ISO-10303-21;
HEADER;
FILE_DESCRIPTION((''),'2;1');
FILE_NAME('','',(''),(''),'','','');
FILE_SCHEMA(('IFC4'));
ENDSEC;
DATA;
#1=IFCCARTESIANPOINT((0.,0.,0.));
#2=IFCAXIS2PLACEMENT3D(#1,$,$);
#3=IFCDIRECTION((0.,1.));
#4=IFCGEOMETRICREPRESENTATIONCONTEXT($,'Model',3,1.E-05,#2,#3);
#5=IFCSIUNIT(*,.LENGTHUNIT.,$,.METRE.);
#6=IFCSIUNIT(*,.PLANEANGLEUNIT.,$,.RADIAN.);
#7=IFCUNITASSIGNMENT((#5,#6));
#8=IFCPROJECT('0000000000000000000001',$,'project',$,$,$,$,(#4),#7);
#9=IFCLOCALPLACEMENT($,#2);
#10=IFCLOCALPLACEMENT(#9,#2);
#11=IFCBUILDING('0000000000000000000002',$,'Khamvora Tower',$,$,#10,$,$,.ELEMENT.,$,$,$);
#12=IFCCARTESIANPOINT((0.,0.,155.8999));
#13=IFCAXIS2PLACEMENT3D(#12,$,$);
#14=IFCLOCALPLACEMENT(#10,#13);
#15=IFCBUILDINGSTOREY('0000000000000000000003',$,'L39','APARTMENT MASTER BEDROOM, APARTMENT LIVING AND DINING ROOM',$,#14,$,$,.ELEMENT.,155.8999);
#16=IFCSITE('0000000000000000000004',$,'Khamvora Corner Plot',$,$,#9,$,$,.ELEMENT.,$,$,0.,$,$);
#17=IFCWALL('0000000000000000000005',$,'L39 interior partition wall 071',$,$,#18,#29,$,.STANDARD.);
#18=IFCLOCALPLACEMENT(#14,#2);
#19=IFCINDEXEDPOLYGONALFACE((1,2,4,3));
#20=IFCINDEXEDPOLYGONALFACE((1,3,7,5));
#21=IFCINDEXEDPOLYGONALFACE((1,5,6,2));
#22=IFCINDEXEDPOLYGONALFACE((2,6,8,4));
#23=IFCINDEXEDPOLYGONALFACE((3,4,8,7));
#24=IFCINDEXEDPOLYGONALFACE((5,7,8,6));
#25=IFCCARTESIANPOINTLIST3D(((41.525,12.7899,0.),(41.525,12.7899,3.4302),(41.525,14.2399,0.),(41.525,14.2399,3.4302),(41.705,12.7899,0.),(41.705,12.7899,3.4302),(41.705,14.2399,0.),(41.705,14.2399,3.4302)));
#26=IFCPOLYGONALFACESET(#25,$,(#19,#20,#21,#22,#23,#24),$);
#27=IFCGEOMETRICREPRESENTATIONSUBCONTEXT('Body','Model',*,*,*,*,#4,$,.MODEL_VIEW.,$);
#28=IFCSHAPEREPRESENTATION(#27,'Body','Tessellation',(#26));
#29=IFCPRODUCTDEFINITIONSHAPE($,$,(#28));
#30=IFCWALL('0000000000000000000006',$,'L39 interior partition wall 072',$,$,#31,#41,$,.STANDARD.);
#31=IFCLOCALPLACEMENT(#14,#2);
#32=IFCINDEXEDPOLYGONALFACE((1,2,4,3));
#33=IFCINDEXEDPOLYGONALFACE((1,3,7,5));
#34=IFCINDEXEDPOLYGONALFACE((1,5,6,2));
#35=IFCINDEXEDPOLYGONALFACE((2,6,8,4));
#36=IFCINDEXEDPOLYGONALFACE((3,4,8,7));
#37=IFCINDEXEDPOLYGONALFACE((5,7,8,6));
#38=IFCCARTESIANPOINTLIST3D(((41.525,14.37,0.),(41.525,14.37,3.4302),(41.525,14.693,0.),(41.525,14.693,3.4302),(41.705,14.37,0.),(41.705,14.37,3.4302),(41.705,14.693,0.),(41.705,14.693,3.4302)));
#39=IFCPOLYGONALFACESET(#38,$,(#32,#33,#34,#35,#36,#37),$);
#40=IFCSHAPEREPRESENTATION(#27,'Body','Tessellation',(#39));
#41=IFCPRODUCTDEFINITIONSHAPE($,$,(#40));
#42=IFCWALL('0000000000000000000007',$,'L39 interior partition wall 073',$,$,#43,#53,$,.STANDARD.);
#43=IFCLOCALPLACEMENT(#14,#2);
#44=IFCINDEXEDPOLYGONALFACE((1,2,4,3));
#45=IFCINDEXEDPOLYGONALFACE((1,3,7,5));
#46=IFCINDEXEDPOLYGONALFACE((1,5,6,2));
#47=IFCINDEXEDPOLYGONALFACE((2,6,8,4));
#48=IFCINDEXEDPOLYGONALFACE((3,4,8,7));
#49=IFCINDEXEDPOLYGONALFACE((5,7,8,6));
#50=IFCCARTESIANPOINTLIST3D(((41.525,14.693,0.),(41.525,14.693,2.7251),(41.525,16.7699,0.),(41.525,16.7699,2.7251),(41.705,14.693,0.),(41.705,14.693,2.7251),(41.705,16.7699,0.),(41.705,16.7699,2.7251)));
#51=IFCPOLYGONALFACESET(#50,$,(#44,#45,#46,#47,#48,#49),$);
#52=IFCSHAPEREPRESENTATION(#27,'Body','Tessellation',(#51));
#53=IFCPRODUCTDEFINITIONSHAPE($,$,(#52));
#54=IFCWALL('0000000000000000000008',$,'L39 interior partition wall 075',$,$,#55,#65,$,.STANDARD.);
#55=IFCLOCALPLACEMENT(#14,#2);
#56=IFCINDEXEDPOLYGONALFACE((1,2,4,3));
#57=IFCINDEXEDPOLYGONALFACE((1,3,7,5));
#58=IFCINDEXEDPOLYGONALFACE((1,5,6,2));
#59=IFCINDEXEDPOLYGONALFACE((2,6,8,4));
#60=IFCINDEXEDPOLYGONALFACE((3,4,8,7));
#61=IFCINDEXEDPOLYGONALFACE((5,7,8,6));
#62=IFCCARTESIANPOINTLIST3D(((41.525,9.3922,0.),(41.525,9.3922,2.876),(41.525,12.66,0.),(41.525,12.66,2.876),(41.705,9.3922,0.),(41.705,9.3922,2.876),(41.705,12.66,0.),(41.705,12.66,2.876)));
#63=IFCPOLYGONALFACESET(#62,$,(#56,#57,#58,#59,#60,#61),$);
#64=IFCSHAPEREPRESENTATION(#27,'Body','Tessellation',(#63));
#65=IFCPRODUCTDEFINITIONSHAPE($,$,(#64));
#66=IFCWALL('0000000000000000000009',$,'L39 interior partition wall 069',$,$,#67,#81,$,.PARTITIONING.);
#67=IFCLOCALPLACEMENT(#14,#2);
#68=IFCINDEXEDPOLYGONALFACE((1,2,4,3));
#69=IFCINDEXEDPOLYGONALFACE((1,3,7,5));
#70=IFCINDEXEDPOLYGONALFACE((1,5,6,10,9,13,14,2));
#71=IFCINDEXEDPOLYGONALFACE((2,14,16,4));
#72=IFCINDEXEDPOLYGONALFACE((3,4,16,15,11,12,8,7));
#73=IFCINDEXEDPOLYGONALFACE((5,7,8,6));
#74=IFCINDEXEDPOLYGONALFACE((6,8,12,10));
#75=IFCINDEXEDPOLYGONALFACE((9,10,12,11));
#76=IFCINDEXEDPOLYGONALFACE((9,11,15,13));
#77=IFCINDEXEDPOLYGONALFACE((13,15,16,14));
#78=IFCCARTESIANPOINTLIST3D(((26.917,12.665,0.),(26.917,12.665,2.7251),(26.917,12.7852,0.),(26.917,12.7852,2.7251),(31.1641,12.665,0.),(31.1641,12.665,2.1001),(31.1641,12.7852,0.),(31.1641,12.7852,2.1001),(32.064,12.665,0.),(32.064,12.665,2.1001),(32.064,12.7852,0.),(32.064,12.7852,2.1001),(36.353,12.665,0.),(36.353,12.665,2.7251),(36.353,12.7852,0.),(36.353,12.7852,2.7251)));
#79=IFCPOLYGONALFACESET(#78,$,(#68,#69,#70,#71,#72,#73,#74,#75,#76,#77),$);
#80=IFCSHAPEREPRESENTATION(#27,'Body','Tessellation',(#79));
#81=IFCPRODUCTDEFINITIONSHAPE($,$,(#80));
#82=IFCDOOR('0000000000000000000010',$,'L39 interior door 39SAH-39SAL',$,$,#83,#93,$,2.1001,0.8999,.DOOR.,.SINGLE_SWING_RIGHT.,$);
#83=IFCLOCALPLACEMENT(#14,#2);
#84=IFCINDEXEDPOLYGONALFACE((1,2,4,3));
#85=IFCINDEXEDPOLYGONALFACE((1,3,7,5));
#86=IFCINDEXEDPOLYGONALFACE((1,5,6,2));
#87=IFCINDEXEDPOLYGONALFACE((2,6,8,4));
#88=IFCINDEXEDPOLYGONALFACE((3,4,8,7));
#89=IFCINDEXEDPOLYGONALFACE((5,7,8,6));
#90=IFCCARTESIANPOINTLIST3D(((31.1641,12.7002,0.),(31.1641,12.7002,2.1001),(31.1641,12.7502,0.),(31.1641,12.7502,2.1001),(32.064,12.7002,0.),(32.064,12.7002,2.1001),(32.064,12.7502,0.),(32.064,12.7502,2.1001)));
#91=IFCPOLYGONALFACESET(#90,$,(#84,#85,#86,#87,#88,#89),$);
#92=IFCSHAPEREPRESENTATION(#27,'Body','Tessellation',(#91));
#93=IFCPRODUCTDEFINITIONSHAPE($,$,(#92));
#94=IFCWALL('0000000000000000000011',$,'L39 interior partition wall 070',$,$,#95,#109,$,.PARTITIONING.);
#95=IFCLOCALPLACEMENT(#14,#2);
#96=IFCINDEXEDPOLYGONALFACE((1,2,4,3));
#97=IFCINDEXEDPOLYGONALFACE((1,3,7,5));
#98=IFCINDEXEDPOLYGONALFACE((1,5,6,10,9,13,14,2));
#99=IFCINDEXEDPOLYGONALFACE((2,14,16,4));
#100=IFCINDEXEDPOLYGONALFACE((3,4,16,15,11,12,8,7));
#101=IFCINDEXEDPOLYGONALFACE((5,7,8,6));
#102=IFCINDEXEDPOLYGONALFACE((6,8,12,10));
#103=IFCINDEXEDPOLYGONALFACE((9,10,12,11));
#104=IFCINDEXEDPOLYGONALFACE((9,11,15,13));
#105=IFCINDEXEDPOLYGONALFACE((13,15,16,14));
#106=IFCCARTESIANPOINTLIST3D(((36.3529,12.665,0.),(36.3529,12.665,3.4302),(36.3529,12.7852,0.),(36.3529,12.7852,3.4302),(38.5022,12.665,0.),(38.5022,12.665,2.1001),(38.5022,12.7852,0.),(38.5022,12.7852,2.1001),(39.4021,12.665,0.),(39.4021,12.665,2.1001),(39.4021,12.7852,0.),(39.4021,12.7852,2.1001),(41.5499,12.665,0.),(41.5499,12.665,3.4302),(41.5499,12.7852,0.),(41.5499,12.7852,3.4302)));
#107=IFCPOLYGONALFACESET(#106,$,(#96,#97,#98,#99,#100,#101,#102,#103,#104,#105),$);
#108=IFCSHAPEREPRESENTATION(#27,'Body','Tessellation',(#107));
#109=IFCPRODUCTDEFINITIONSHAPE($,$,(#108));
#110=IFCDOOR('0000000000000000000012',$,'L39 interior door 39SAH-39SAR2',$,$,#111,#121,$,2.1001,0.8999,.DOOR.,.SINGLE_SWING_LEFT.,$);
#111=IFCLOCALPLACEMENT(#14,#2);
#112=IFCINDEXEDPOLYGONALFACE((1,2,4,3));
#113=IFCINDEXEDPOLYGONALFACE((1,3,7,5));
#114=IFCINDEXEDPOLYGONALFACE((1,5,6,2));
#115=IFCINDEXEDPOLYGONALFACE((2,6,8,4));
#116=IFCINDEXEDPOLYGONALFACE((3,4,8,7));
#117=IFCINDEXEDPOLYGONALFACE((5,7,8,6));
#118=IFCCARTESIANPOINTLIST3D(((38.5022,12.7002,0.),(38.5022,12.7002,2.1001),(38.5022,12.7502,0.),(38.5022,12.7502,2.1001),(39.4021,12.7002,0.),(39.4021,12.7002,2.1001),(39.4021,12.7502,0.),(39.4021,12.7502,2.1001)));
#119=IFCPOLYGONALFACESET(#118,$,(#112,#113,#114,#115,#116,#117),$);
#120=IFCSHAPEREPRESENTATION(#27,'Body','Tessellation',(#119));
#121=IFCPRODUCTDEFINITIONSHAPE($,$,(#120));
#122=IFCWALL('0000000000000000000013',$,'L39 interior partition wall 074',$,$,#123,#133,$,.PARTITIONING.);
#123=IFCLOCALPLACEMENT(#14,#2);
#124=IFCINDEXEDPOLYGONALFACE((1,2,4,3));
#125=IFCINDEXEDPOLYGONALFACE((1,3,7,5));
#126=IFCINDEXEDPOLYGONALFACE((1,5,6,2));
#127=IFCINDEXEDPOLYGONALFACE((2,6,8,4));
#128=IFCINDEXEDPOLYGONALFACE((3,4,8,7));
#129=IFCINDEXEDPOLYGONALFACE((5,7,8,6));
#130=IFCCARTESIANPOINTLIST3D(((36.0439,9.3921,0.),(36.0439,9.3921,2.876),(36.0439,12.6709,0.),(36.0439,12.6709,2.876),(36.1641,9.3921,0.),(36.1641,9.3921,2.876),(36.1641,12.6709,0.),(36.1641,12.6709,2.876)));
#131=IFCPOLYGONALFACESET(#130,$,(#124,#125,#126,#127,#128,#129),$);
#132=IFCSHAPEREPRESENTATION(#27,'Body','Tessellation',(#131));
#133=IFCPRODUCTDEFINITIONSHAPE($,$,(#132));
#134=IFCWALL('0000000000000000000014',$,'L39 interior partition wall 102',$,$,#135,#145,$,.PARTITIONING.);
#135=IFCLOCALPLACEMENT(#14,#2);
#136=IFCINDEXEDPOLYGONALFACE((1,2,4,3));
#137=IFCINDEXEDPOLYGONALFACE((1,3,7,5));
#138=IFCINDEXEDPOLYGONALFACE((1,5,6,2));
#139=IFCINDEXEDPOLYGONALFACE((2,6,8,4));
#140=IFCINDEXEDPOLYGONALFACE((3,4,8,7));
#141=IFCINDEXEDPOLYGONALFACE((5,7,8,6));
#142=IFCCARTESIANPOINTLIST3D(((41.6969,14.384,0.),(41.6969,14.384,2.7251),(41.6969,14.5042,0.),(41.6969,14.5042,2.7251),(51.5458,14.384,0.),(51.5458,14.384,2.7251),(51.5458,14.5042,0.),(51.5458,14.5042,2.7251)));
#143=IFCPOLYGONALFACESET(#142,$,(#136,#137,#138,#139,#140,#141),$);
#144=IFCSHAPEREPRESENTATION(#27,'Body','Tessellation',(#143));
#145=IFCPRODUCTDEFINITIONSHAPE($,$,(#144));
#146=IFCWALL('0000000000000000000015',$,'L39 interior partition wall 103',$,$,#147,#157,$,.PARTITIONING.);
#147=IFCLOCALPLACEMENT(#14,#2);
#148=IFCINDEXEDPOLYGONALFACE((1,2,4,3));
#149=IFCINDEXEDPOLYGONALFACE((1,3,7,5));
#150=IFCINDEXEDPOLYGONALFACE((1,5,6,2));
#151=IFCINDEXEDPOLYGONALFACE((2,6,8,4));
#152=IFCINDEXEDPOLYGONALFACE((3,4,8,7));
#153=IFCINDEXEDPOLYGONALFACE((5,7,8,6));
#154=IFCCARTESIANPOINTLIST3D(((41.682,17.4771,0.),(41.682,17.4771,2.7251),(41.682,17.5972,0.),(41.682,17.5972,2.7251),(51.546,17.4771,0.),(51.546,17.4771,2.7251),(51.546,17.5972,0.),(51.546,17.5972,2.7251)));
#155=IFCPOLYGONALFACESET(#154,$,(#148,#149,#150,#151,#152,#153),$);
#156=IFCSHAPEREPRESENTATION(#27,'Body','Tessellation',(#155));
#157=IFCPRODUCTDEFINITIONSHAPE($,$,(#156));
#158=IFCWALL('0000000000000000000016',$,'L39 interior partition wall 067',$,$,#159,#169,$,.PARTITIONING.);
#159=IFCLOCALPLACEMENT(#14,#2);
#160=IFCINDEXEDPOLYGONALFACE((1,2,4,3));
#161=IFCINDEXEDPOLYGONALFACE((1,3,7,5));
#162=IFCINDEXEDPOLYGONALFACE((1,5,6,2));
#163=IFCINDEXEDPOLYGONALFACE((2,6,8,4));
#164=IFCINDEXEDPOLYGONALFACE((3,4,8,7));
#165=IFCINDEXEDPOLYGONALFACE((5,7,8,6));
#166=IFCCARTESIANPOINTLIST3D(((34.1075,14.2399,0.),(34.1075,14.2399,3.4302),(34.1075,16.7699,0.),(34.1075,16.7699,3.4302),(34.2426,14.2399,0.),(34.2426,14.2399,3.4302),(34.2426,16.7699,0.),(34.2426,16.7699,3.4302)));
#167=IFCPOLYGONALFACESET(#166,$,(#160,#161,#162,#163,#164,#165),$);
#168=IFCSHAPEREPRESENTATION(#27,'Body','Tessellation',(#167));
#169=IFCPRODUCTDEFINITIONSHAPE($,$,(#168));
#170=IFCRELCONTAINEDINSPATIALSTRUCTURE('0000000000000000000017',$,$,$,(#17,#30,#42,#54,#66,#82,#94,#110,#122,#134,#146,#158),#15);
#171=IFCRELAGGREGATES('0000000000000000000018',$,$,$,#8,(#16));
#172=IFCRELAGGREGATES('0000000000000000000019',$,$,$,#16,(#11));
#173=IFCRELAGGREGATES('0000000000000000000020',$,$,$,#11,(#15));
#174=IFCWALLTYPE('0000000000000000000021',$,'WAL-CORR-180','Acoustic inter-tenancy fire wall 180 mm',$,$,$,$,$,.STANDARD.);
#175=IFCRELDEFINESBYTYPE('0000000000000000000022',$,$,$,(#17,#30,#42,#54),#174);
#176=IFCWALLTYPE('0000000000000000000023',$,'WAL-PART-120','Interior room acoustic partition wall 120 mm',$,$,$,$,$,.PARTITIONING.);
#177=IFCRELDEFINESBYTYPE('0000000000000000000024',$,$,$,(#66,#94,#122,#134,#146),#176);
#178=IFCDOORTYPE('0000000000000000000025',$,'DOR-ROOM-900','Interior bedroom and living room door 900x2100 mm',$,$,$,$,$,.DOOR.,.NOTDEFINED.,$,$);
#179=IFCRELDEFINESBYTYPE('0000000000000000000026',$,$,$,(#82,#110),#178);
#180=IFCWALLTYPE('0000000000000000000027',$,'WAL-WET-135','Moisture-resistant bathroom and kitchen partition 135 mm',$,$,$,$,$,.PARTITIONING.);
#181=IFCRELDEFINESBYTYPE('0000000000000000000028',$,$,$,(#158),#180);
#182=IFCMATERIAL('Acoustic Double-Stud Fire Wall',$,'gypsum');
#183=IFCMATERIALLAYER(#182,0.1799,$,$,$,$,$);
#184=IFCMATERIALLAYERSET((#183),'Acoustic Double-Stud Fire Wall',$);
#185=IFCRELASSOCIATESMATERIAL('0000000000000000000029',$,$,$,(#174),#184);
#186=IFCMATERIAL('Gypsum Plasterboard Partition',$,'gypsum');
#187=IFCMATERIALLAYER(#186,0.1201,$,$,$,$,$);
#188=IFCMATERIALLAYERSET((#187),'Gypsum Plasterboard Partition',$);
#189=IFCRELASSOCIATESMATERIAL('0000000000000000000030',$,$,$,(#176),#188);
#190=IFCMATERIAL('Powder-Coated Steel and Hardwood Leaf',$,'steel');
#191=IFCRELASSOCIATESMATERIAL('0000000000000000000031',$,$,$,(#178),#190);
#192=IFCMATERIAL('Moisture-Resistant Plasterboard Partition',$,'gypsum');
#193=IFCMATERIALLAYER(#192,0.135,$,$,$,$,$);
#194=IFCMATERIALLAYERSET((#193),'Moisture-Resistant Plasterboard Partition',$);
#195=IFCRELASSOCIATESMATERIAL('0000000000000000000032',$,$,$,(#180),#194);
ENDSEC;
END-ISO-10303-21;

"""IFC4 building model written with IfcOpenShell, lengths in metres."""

from ifc_helpers import new_model, si_unit, direction, frame, frame_2d, origin, place, context, subcontext, project, spatial, rectangle, extrude, material, layer, layer_set, type_object, element, fill, save


model = new_model("IFC4")

# Units and contexts
model_context = context("Model", 3, precision=1e-05, world=origin(), true_north=direction((0.0, 1.0)))
body_context = subcontext(model_context, "Body", "Model", "MODEL_VIEW")
ifc_project = project(units=[si_unit("LENGTHUNIT", "METRE"), si_unit("PLANEANGLEUNIT", "RADIAN")], contexts=[model_context])

# Site, building, storey
site_placement = place(None, origin())
site = spatial("IfcSite", under=ifc_project, at=site_placement, Name="Khamvora Corner Plot", CompositionType="ELEMENT", RefElevation=0.0)
building_placement = place(site_placement, origin())
building = spatial("IfcBuilding", under=site, at=building_placement, Name="Khamvora Tower", CompositionType="ELEMENT")
storey_placement = place(building_placement, frame((0.0, 0.0, 155.8999)))
storey = spatial("IfcBuildingStorey", under=building, at=storey_placement, Name="L39", Description="APARTMENT MASTER BEDROOM, APARTMENT LIVING AND DINING ROOM", CompositionType="ELEMENT", Elevation=155.8999)

# Shared definitions
ifc_material_1 = material(Name="Powder-Coated Steel and Hardwood Leaf", Category="steel")

# Walls
ifc_material_2 = material(Name="Acoustic Double-Stud Fire Wall", Category="gypsum")
ifc_layer_1 = layer(ifc_material_2, 0.1799)
ifc_layer_set_1 = layer_set([ifc_layer_1], Name="Acoustic Double-Stud Fire Wall")
wall_type_1 = type_object("IfcWallType", Name="WAL-CORR-180", Description="Acoustic inter-tenancy fire wall 180 mm", PredefinedType="STANDARD", material=ifc_layer_set_1)
wall_1_placement = place(storey_placement, frame((41.615, 14.24, 0.0), z_axis=(0.0, 0.0, 1.0), x_axis=(0.0, -1.0, 0.0)))
element("IfcWall", 1, at=wall_1_placement, inside=storey, type_object=wall_type_1, Name="L39 interior partition wall 071", PredefinedType="STANDARD", context=body_context, shape_type="SweptSolid", body=[
    extrude(rectangle(XDim=1.45, YDim=0.1799, at=frame_2d((0.7251, 0.0))), origin(), (0.0, 0.0, 1.0), 3.4302),
])
wall_2_placement = place(storey_placement, frame((41.615, 14.6931, 0.0), z_axis=(0.0, 0.0, 1.0), x_axis=(0.0, -1.0, 0.0)))
element("IfcWall", 2, at=wall_2_placement, inside=storey, type_object=wall_type_1, Name="L39 interior partition wall 072", PredefinedType="STANDARD", context=body_context, shape_type="SweptSolid", body=[
    extrude(rectangle(XDim=0.323, YDim=0.1799, at=frame_2d((0.1616, 0.0))), origin(), (0.0, 0.0, 1.0), 3.4302),
])
wall_3_placement = place(storey_placement, frame((41.615, 16.77, 0.0), z_axis=(0.0, 0.0, 1.0), x_axis=(0.0, -1.0, 0.0)))
element("IfcWall", 3, at=wall_3_placement, inside=storey, type_object=wall_type_1, Name="L39 interior partition wall 073", PredefinedType="STANDARD", context=body_context, shape_type="SweptSolid", body=[
    extrude(rectangle(XDim=2.0769, YDim=0.1799, at=frame_2d((1.0386, 0.0))), origin(), (0.0, 0.0, 1.0), 2.7251),
])
wall_4_placement = place(storey_placement, frame((41.615, 12.6599, 0.0), z_axis=(0.0, 0.0, 1.0), x_axis=(0.0, -1.0, 0.0)))
element("IfcWall", 4, at=wall_4_placement, inside=storey, type_object=wall_type_1, Name="L39 interior partition wall 075", PredefinedType="STANDARD", context=body_context, shape_type="SweptSolid", body=[
    extrude(rectangle(XDim=3.2678, YDim=0.1799, at=frame_2d((1.6338, 0.0))), origin(), (0.0, 0.0, 1.0), 2.876),
])

# Walls, openings, doors
ifc_material_3 = material(Name="Gypsum Plasterboard Partition", Category="gypsum")
ifc_layer_2 = layer(ifc_material_3, 0.1201)
ifc_layer_set_2 = layer_set([ifc_layer_2], Name="Gypsum Plasterboard Partition")
wall_type_2 = type_object("IfcWallType", Name="WAL-PART-120", Description="Interior room acoustic partition wall 120 mm", PredefinedType="PARTITIONING", material=ifc_layer_set_2)
wall_5_placement = place(storey_placement, frame((36.353, 12.7251, 0.0), z_axis=(0.0, 0.0, 1.0), x_axis=(-1.0, 0.0, 0.0)))
wall_5 = element("IfcWall", 5, at=wall_5_placement, inside=storey, type_object=wall_type_2, Name="L39 interior partition wall 069", PredefinedType="PARTITIONING", context=body_context, shape_type="SweptSolid", body=[
    extrude(rectangle(XDim=9.436, YDim=0.1201, at=frame_2d((4.718, 0.0))), origin(), (0.0, 0.0, 1.0), 2.7251),
])
opening_1_placement = place(wall_5_placement, frame((4.2891, 0.0, 0.0)))
opening_1 = element("IfcOpeningElement", 6, at=opening_1_placement, cuts=wall_5, PredefinedType="OPENING", context=body_context, shape_type="SweptSolid", body=[
    extrude(rectangle(XDim=0.8999, YDim=2.1001, at=frame_2d((0.45, 1.05))), frame((0.0, 0.0701, 0.0), z_axis=(0.0, -1.0, 0.0), x_axis=(1.0, 0.0, 0.0)), (0.0, 0.0, 1.0), 0.1401),
])
door_type_1 = type_object("IfcDoorType", Name="DOR-ROOM-900", Description="Interior bedroom and living room door 900x2100 mm", OperationType="NOTDEFINED", PredefinedType="DOOR", material=ifc_material_1)
door_1_placement = place(opening_1_placement, origin())
door_1 = element("IfcDoor", 7, at=door_1_placement, inside=storey, type_object=door_type_1, Name="L39 interior door 39SAH-39SAL", OperationType="SINGLE_SWING_RIGHT", OverallHeight=2.1001, OverallWidth=0.8999, PredefinedType="DOOR", context=body_context, shape_type="SweptSolid", body=[
    extrude(rectangle(XDim=0.8999, YDim=2.1001, at=frame_2d((0.45, 1.05))), frame((0.0, 0.0249, 0.0), z_axis=(0.0, -1.0, 0.0), x_axis=(1.0, 0.0, 0.0)), (0.0, 0.0, 1.0), 0.05),
])
fill(opening_1, door_1)
wall_6_placement = place(storey_placement, frame((41.55, 12.7251, 0.0), z_axis=(0.0, 0.0, 1.0), x_axis=(-1.0, 0.0, 0.0)))
wall_6 = element("IfcWall", 8, at=wall_6_placement, inside=storey, type_object=wall_type_2, Name="L39 interior partition wall 070", PredefinedType="PARTITIONING", context=body_context, shape_type="SweptSolid", body=[
    extrude(rectangle(XDim=5.197, YDim=0.1201, at=frame_2d((2.5986, 0.0))), origin(), (0.0, 0.0, 1.0), 3.4302),
])
opening_2_placement = place(wall_6_placement, frame((2.1479, 0.0, 0.0)))
opening_2 = element("IfcOpeningElement", 9, at=opening_2_placement, cuts=wall_6, PredefinedType="OPENING", context=body_context, shape_type="SweptSolid", body=[
    extrude(rectangle(XDim=0.8999, YDim=2.1001, at=frame_2d((0.45, 1.05))), frame((0.0, 0.0701, 0.0), z_axis=(0.0, -1.0, 0.0), x_axis=(1.0, 0.0, 0.0)), (0.0, 0.0, 1.0), 0.1401),
])
door_2_placement = place(opening_2_placement, origin())
door_2 = element("IfcDoor", 10, at=door_2_placement, inside=storey, type_object=door_type_1, Name="L39 interior door 39SAH-39SAR2", OperationType="SINGLE_SWING_LEFT", OverallHeight=2.1001, OverallWidth=0.8999, PredefinedType="DOOR", context=body_context, shape_type="SweptSolid", body=[
    extrude(rectangle(XDim=0.8999, YDim=2.1001, at=frame_2d((0.45, 1.05))), frame((0.0, 0.0249, 0.0), z_axis=(0.0, -1.0, 0.0), x_axis=(1.0, 0.0, 0.0)), (0.0, 0.0, 1.0), 0.05),
])
fill(opening_2, door_2)

# Walls
wall_7_placement = place(storey_placement, frame((36.104, 12.6709, 0.0), z_axis=(0.0, 0.0, 1.0), x_axis=(0.0, -1.0, 0.0)))
element("IfcWall", 11, at=wall_7_placement, inside=storey, type_object=wall_type_2, Name="L39 interior partition wall 074", PredefinedType="PARTITIONING", context=body_context, shape_type="SweptSolid", body=[
    extrude(rectangle(XDim=3.2788, YDim=0.1201, at=frame_2d((1.6394, 0.0))), origin(), (0.0, 0.0, 1.0), 2.876),
])
wall_8_placement = place(storey_placement, frame((41.697, 14.4441, 0.0), z_axis=(0.0, 0.0, 1.0), x_axis=(1.0, 0.0, 0.0)))
element("IfcWall", 12, at=wall_8_placement, inside=storey, type_object=wall_type_2, Name="L39 interior partition wall 102", PredefinedType="PARTITIONING", context=body_context, shape_type="SweptSolid", body=[
    extrude(rectangle(XDim=9.8489, YDim=0.1201, at=frame_2d((4.9243, 0.0))), origin(), (0.0, 0.0, 1.0), 2.7251),
])
wall_9_placement = place(storey_placement, frame((41.6819, 17.5371, 0.0), z_axis=(0.0, 0.0, 1.0), x_axis=(1.0, 0.0, 0.0)))
element("IfcWall", 13, at=wall_9_placement, inside=storey, type_object=wall_type_2, Name="L39 interior partition wall 103", PredefinedType="PARTITIONING", context=body_context, shape_type="SweptSolid", body=[
    extrude(rectangle(XDim=9.864, YDim=0.1201, at=frame_2d((4.9321, 0.0))), origin(), (0.0, 0.0, 1.0), 2.7251),
])
ifc_material_4 = material(Name="Moisture-Resistant Plasterboard Partition", Category="gypsum")
ifc_layer_3 = layer(ifc_material_4, 0.135)
ifc_layer_set_3 = layer_set([ifc_layer_3], Name="Moisture-Resistant Plasterboard Partition")
wall_type_3 = type_object("IfcWallType", Name="WAL-WET-135", Description="Moisture-resistant bathroom and kitchen partition 135 mm", PredefinedType="PARTITIONING", material=ifc_layer_set_3)
wall_10_placement = place(storey_placement, frame((34.175, 16.77, 0.0), z_axis=(0.0, 0.0, 1.0), x_axis=(0.0, -1.0, 0.0)))
element("IfcWall", 14, at=wall_10_placement, inside=storey, type_object=wall_type_3, Name="L39 interior partition wall 067", PredefinedType="PARTITIONING", context=body_context, shape_type="SweptSolid", body=[
    extrude(rectangle(XDim=2.53, YDim=0.135, at=frame_2d((1.2651, 0.0))), origin(), (0.0, 0.0, 1.0), 3.4302),
])

save(model, "model.ifc")
